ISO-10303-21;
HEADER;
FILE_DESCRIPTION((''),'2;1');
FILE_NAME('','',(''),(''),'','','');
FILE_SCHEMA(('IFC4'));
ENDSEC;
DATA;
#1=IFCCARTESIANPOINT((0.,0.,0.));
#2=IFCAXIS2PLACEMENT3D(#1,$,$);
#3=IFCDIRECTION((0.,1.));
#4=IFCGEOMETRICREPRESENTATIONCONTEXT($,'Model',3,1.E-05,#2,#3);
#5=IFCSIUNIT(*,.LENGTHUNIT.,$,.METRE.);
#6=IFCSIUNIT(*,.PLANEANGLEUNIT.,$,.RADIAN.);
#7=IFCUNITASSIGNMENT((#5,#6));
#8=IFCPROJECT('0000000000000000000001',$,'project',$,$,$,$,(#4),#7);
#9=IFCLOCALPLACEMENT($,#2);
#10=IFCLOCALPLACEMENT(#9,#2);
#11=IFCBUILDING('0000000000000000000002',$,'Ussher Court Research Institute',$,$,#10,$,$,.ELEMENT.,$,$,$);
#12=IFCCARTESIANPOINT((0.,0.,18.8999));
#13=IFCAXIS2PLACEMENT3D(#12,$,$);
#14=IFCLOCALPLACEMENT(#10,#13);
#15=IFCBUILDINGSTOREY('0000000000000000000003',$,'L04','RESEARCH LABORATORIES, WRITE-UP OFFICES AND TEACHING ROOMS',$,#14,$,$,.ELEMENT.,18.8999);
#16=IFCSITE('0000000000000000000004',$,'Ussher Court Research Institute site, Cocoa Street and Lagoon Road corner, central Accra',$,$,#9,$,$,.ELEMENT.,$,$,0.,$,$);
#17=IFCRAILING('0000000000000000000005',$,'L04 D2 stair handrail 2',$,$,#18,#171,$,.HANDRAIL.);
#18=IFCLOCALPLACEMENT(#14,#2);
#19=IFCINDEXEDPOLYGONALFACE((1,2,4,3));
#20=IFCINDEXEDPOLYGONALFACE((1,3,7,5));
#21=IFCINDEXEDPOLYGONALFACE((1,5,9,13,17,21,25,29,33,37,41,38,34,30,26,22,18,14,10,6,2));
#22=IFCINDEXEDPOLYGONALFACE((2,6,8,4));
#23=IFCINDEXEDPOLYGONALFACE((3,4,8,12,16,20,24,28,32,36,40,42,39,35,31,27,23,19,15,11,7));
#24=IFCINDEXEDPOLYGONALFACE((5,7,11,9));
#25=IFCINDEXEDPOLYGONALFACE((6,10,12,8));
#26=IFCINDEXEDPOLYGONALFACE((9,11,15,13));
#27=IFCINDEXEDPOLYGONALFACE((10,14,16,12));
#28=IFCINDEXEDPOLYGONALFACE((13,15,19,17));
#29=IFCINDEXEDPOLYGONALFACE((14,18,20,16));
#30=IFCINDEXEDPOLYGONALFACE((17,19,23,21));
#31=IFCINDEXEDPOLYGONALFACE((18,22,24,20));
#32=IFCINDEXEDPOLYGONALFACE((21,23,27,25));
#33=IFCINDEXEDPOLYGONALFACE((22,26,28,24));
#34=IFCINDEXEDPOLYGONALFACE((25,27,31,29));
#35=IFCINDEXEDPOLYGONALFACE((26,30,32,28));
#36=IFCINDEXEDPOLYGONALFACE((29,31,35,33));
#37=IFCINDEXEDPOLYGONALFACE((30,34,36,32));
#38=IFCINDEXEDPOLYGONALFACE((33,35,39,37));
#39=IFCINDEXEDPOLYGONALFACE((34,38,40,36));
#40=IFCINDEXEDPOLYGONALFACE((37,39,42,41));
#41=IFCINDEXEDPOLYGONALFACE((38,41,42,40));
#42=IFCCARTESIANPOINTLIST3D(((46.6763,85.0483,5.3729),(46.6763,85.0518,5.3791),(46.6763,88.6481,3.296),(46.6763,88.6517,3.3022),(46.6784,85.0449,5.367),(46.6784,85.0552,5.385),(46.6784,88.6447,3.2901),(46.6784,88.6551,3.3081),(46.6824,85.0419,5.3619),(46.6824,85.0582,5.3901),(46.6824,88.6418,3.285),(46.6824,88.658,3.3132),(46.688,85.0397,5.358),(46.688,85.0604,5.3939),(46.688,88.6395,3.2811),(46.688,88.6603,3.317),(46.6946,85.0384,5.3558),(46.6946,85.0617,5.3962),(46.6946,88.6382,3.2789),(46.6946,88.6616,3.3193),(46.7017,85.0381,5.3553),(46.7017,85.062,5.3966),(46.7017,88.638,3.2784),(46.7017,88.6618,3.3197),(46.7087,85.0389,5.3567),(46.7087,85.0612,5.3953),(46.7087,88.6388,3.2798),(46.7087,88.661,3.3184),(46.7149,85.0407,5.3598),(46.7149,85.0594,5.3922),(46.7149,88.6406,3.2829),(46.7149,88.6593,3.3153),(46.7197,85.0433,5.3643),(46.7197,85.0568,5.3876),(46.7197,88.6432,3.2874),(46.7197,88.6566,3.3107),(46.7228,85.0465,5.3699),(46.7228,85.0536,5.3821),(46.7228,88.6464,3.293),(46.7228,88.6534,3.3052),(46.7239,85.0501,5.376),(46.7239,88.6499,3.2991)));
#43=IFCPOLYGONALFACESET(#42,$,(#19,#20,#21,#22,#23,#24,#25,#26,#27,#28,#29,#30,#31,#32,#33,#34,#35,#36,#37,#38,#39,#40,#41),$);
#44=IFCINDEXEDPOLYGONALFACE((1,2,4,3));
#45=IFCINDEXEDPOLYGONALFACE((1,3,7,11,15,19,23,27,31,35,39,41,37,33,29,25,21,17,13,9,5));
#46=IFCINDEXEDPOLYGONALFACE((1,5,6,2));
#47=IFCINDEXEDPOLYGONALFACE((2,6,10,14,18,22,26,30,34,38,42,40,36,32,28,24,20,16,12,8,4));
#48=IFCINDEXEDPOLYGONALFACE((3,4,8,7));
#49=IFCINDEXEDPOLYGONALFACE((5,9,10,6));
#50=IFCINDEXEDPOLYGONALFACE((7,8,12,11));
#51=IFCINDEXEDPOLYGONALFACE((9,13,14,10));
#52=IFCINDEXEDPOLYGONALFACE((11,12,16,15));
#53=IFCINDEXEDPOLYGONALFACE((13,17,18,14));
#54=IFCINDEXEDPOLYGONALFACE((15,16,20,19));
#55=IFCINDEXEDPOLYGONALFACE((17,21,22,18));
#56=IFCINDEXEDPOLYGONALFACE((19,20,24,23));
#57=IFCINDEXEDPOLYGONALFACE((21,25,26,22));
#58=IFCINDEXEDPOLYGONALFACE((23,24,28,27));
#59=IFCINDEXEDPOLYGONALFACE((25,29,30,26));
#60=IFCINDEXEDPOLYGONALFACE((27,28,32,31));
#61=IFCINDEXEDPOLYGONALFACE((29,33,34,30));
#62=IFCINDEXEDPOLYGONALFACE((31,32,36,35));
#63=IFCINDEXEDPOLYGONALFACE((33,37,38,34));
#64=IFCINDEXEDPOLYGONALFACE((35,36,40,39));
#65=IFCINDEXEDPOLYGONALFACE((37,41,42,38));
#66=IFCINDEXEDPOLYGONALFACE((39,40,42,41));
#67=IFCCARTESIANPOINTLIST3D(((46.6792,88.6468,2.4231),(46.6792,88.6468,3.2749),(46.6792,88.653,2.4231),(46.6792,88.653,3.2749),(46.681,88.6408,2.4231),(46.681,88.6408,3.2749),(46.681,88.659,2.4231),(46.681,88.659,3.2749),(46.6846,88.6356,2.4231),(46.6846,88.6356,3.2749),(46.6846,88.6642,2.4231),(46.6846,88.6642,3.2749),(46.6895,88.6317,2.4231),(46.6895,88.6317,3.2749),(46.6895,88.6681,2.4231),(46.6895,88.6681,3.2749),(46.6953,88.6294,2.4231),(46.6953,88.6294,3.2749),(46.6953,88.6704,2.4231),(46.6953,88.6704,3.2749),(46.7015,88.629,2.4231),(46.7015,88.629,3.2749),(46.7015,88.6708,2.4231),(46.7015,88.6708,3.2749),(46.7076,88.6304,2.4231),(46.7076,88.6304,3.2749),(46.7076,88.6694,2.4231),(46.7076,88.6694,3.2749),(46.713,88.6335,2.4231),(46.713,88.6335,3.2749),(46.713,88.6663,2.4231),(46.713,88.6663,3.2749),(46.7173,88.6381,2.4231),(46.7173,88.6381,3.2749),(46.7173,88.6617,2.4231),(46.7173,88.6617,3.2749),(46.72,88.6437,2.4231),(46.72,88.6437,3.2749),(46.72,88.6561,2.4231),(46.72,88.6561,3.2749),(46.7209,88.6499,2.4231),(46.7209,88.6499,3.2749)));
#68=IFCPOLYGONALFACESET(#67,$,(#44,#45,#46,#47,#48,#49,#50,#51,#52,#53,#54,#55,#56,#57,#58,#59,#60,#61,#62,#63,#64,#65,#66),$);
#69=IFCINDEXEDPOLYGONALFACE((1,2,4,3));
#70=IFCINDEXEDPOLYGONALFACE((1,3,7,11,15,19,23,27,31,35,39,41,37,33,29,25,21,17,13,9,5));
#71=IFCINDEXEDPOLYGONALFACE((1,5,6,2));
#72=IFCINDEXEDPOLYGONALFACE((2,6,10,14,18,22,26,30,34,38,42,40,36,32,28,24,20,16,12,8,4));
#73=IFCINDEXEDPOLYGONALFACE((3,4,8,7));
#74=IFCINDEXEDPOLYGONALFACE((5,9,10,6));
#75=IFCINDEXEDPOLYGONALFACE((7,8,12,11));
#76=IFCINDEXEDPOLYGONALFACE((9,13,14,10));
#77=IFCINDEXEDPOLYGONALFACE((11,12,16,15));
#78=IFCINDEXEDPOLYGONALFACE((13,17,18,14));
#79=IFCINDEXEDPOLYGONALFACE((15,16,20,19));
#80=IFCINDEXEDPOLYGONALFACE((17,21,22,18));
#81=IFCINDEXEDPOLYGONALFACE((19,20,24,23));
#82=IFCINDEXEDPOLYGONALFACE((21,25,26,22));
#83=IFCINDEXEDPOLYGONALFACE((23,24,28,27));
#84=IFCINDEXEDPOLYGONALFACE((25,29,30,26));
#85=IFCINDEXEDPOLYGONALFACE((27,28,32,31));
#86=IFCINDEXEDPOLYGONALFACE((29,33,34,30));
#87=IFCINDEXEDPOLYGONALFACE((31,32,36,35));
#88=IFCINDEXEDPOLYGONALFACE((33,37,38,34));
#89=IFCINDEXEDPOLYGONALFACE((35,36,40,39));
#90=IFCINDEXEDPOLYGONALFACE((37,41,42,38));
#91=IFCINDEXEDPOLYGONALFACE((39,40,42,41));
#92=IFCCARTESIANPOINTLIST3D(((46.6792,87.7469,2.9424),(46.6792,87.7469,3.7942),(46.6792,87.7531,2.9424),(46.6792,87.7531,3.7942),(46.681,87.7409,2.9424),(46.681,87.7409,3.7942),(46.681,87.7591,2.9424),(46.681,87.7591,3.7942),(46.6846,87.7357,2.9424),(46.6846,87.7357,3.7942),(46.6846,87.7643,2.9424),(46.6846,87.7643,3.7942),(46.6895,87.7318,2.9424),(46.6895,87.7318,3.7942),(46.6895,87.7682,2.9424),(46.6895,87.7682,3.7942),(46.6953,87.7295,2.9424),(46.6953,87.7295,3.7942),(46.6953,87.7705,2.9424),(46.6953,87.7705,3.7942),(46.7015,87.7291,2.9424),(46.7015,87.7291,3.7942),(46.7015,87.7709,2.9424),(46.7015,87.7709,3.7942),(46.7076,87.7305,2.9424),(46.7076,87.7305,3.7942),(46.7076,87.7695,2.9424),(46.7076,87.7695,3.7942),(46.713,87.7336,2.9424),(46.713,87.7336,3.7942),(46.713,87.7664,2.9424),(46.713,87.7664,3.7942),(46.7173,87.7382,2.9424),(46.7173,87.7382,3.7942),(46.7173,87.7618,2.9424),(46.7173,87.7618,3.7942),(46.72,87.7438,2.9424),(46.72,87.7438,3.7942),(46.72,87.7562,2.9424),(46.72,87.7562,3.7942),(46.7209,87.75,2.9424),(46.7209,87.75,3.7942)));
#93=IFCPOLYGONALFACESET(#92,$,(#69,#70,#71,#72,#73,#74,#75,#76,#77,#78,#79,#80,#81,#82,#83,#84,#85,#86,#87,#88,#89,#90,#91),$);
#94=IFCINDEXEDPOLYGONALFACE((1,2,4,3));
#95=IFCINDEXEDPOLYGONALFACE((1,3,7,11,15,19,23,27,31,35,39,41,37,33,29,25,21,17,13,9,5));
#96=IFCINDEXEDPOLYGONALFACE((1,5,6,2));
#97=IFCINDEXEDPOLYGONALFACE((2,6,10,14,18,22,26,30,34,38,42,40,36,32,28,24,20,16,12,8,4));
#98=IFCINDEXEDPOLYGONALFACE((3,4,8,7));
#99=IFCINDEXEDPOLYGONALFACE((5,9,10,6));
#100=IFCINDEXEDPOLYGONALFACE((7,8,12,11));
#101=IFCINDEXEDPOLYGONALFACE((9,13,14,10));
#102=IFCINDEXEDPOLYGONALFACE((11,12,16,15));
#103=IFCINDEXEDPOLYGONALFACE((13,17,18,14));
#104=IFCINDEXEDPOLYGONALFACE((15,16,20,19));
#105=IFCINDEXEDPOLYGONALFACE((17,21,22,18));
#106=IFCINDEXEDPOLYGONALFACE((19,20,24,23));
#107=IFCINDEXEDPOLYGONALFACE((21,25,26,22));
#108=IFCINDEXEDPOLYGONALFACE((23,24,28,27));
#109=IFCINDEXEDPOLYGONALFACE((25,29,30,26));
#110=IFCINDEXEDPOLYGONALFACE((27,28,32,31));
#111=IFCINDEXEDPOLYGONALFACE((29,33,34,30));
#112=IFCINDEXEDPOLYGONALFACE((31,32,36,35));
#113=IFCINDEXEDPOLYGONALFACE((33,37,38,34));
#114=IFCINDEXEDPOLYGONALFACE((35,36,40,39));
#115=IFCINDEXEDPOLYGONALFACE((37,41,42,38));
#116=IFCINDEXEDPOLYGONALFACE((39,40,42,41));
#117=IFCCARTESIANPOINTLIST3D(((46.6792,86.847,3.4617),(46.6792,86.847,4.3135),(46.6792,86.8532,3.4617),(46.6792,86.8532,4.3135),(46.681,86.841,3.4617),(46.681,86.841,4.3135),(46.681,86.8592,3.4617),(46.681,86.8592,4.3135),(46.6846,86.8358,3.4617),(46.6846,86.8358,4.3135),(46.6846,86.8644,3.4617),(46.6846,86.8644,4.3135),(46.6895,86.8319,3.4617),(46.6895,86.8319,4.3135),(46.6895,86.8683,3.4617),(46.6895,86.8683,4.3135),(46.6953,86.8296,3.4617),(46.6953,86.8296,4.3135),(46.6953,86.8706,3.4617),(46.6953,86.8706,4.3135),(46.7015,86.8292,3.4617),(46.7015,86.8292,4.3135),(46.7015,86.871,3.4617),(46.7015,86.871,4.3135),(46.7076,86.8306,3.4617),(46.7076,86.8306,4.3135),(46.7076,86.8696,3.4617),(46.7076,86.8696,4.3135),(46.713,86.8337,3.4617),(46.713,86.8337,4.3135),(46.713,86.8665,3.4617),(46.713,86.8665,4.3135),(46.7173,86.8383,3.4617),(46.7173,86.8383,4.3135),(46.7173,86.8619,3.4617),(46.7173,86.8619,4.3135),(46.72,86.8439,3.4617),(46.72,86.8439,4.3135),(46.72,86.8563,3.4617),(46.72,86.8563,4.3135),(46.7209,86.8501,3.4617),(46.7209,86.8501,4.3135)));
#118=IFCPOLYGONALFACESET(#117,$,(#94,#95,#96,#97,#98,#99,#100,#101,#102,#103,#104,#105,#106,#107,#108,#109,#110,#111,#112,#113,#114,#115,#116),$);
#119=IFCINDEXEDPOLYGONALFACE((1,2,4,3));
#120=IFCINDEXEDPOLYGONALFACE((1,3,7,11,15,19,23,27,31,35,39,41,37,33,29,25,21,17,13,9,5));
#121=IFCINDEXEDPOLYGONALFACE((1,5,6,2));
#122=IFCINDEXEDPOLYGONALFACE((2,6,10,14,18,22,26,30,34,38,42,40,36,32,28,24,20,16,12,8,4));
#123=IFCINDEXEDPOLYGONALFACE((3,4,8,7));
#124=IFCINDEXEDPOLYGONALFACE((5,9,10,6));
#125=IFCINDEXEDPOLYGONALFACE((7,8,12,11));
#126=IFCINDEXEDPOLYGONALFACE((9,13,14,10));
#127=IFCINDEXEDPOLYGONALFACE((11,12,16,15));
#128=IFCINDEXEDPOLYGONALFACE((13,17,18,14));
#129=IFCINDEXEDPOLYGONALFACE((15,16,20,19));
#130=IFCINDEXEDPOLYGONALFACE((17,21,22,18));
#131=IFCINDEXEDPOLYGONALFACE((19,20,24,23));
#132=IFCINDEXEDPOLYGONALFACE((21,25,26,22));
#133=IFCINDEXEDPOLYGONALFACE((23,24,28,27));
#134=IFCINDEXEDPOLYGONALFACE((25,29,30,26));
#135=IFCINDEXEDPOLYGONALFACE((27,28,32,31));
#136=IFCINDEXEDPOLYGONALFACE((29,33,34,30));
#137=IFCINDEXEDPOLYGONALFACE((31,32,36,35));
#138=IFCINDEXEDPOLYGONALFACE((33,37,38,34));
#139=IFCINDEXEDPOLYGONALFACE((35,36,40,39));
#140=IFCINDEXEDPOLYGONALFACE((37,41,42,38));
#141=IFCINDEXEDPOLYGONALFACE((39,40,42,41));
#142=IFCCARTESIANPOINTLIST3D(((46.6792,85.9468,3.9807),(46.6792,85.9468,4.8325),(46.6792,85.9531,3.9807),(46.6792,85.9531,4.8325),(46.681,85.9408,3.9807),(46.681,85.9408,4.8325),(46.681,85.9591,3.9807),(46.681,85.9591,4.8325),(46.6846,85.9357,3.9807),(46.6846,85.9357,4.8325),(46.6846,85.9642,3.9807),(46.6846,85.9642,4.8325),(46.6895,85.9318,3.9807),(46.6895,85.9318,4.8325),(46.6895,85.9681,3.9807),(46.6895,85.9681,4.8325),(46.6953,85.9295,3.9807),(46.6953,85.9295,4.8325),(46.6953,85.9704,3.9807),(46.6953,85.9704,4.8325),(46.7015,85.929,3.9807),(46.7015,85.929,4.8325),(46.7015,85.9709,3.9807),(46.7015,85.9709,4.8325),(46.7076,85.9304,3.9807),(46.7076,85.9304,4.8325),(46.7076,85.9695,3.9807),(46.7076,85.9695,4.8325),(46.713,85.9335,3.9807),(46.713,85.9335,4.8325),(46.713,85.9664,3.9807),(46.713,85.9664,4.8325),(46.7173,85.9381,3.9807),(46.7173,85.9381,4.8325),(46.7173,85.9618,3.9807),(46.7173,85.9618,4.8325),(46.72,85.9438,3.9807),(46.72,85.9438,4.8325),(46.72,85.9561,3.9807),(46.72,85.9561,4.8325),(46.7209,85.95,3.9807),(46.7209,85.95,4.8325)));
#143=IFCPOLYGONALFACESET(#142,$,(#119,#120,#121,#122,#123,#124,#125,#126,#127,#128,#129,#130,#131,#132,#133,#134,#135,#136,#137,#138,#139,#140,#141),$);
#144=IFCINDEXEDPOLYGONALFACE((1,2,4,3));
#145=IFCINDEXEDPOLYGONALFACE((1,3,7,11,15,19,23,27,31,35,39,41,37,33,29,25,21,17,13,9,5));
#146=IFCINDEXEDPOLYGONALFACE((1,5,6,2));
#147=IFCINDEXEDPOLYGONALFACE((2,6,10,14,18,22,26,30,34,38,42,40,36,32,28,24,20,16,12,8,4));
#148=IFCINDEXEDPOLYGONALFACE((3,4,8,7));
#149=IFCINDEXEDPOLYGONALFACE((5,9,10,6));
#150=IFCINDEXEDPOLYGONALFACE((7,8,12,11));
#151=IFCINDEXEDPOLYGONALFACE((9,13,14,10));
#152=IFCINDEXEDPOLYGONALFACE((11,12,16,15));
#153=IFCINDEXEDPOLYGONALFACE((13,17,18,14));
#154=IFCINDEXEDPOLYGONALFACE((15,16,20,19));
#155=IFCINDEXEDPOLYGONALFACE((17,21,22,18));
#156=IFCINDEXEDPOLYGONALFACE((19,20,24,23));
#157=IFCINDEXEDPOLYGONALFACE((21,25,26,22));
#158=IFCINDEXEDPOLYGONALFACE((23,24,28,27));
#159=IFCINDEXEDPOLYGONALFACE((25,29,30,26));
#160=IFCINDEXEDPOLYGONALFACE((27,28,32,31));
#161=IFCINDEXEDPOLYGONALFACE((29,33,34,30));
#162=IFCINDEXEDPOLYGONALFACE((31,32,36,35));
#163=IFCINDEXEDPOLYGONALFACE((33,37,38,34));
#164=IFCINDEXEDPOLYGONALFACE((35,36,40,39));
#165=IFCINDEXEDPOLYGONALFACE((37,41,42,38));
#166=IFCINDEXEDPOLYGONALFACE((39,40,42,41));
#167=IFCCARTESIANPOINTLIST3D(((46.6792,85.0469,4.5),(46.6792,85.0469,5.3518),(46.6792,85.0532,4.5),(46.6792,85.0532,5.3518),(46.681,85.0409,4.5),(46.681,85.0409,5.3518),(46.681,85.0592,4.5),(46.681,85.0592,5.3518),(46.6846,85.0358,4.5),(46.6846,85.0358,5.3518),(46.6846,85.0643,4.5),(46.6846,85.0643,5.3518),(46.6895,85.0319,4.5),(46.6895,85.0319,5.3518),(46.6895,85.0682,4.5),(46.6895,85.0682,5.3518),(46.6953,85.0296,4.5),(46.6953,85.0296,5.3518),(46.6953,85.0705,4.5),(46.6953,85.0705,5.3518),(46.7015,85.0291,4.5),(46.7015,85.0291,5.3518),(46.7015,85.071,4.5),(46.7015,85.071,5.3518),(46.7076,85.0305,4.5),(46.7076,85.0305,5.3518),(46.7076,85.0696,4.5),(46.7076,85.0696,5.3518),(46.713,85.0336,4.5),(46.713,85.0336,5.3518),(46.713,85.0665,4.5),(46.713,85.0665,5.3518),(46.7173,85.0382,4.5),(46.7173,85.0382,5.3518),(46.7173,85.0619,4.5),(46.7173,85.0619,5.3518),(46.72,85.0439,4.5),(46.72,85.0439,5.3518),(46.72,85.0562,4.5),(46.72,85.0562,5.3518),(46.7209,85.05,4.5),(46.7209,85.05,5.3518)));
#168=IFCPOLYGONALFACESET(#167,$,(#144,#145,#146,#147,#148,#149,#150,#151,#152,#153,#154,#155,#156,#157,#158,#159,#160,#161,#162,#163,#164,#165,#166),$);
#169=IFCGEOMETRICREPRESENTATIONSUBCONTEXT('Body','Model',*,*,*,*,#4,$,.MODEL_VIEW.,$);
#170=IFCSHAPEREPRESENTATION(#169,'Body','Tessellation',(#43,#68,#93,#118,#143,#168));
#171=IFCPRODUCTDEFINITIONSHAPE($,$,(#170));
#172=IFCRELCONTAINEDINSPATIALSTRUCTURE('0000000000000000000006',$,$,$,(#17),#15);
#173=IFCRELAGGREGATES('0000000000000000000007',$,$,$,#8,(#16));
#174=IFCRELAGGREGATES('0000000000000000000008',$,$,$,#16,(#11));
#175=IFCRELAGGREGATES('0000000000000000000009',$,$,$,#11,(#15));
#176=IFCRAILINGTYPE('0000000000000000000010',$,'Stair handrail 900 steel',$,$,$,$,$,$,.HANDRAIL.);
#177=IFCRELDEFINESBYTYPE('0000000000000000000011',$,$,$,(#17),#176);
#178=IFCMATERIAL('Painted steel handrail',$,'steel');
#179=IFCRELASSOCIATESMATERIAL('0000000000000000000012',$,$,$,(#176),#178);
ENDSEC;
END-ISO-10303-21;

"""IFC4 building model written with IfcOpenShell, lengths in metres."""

from ifc_helpers import new_model, si_unit, direction, frame, origin, origin_2d, place, context, subcontext, project, spatial, circle, extrude, material, type_object, element, save


model = new_model("IFC4")

# Units and contexts
model_context = context("Model", 3, precision=1e-05, world=origin(), true_north=direction((0.0, 1.0)))
body_context = subcontext(model_context, "Body", "Model", "MODEL_VIEW")
ifc_project = project(units=[si_unit("LENGTHUNIT", "METRE"), si_unit("PLANEANGLEUNIT", "RADIAN")], contexts=[model_context])

# Site, building, storey
site_placement = place(None, origin())
site = spatial("IfcSite", under=ifc_project, at=site_placement, Name="Ussher Court Research Institute site, Cocoa Street and Lagoon Road corner, central Accra", CompositionType="ELEMENT", RefElevation=0.0)
building_placement = place(site_placement, origin())
building = spatial("IfcBuilding", under=site, at=building_placement, Name="Ussher Court Research Institute", CompositionType="ELEMENT")
storey_placement = place(building_placement, frame((0.0, 0.0, 18.8999)))
storey = spatial("IfcBuildingStorey", under=building, at=storey_placement, Name="L04", Description="RESEARCH LABORATORIES, WRITE-UP OFFICES AND TEACHING ROOMS", CompositionType="ELEMENT", Elevation=18.8999)

# Railing
ifc_material_1 = material(Name="Painted steel handrail", Category="steel")
railing_type_1 = type_object("IfcRailingType", Name="Stair handrail 900 steel", PredefinedType="HANDRAIL", material=ifc_material_1)
railing_1_placement = place(storey_placement, frame((46.7, 88.6499, 2.4231)))
element("IfcRailing", 1, at=railing_1_placement, inside=storey, type_object=railing_type_1, Name="L04 D2 stair handrail 2", PredefinedType="HANDRAIL", context=body_context, shape_type="SweptSolid", body=[
    extrude(circle(Radius=0.0239, at=origin_2d()), frame((0.0, 0.0, 0.876), z_axis=(0.0, -0.866179, 0.499734), x_axis=(1.0, 0.0, 0.0)), (0.0, 0.0, 1.0), 4.156),
    extrude(circle(Radius=0.021, at=origin_2d()), origin(), (0.0, 0.0, 1.0), 0.8518),
    extrude(circle(Radius=0.021, at=origin_2d()), frame((0.0, -0.8999, 0.5193)), (0.0, 0.0, 1.0), 0.8518),
    extrude(circle(Radius=0.021, at=origin_2d()), frame((0.0, -1.7998, 1.0386)), (0.0, 0.0, 1.0), 0.8518),
    extrude(circle(Radius=0.021, at=origin_2d()), frame((0.0, -2.7, 1.5576)), (0.0, 0.0, 1.0), 0.8518),
    extrude(circle(Radius=0.021, at=origin_2d()), frame((0.0, -3.5999, 2.0769)), (0.0, 0.0, 1.0), 0.8518),
])

save(model, "model.ifc")
